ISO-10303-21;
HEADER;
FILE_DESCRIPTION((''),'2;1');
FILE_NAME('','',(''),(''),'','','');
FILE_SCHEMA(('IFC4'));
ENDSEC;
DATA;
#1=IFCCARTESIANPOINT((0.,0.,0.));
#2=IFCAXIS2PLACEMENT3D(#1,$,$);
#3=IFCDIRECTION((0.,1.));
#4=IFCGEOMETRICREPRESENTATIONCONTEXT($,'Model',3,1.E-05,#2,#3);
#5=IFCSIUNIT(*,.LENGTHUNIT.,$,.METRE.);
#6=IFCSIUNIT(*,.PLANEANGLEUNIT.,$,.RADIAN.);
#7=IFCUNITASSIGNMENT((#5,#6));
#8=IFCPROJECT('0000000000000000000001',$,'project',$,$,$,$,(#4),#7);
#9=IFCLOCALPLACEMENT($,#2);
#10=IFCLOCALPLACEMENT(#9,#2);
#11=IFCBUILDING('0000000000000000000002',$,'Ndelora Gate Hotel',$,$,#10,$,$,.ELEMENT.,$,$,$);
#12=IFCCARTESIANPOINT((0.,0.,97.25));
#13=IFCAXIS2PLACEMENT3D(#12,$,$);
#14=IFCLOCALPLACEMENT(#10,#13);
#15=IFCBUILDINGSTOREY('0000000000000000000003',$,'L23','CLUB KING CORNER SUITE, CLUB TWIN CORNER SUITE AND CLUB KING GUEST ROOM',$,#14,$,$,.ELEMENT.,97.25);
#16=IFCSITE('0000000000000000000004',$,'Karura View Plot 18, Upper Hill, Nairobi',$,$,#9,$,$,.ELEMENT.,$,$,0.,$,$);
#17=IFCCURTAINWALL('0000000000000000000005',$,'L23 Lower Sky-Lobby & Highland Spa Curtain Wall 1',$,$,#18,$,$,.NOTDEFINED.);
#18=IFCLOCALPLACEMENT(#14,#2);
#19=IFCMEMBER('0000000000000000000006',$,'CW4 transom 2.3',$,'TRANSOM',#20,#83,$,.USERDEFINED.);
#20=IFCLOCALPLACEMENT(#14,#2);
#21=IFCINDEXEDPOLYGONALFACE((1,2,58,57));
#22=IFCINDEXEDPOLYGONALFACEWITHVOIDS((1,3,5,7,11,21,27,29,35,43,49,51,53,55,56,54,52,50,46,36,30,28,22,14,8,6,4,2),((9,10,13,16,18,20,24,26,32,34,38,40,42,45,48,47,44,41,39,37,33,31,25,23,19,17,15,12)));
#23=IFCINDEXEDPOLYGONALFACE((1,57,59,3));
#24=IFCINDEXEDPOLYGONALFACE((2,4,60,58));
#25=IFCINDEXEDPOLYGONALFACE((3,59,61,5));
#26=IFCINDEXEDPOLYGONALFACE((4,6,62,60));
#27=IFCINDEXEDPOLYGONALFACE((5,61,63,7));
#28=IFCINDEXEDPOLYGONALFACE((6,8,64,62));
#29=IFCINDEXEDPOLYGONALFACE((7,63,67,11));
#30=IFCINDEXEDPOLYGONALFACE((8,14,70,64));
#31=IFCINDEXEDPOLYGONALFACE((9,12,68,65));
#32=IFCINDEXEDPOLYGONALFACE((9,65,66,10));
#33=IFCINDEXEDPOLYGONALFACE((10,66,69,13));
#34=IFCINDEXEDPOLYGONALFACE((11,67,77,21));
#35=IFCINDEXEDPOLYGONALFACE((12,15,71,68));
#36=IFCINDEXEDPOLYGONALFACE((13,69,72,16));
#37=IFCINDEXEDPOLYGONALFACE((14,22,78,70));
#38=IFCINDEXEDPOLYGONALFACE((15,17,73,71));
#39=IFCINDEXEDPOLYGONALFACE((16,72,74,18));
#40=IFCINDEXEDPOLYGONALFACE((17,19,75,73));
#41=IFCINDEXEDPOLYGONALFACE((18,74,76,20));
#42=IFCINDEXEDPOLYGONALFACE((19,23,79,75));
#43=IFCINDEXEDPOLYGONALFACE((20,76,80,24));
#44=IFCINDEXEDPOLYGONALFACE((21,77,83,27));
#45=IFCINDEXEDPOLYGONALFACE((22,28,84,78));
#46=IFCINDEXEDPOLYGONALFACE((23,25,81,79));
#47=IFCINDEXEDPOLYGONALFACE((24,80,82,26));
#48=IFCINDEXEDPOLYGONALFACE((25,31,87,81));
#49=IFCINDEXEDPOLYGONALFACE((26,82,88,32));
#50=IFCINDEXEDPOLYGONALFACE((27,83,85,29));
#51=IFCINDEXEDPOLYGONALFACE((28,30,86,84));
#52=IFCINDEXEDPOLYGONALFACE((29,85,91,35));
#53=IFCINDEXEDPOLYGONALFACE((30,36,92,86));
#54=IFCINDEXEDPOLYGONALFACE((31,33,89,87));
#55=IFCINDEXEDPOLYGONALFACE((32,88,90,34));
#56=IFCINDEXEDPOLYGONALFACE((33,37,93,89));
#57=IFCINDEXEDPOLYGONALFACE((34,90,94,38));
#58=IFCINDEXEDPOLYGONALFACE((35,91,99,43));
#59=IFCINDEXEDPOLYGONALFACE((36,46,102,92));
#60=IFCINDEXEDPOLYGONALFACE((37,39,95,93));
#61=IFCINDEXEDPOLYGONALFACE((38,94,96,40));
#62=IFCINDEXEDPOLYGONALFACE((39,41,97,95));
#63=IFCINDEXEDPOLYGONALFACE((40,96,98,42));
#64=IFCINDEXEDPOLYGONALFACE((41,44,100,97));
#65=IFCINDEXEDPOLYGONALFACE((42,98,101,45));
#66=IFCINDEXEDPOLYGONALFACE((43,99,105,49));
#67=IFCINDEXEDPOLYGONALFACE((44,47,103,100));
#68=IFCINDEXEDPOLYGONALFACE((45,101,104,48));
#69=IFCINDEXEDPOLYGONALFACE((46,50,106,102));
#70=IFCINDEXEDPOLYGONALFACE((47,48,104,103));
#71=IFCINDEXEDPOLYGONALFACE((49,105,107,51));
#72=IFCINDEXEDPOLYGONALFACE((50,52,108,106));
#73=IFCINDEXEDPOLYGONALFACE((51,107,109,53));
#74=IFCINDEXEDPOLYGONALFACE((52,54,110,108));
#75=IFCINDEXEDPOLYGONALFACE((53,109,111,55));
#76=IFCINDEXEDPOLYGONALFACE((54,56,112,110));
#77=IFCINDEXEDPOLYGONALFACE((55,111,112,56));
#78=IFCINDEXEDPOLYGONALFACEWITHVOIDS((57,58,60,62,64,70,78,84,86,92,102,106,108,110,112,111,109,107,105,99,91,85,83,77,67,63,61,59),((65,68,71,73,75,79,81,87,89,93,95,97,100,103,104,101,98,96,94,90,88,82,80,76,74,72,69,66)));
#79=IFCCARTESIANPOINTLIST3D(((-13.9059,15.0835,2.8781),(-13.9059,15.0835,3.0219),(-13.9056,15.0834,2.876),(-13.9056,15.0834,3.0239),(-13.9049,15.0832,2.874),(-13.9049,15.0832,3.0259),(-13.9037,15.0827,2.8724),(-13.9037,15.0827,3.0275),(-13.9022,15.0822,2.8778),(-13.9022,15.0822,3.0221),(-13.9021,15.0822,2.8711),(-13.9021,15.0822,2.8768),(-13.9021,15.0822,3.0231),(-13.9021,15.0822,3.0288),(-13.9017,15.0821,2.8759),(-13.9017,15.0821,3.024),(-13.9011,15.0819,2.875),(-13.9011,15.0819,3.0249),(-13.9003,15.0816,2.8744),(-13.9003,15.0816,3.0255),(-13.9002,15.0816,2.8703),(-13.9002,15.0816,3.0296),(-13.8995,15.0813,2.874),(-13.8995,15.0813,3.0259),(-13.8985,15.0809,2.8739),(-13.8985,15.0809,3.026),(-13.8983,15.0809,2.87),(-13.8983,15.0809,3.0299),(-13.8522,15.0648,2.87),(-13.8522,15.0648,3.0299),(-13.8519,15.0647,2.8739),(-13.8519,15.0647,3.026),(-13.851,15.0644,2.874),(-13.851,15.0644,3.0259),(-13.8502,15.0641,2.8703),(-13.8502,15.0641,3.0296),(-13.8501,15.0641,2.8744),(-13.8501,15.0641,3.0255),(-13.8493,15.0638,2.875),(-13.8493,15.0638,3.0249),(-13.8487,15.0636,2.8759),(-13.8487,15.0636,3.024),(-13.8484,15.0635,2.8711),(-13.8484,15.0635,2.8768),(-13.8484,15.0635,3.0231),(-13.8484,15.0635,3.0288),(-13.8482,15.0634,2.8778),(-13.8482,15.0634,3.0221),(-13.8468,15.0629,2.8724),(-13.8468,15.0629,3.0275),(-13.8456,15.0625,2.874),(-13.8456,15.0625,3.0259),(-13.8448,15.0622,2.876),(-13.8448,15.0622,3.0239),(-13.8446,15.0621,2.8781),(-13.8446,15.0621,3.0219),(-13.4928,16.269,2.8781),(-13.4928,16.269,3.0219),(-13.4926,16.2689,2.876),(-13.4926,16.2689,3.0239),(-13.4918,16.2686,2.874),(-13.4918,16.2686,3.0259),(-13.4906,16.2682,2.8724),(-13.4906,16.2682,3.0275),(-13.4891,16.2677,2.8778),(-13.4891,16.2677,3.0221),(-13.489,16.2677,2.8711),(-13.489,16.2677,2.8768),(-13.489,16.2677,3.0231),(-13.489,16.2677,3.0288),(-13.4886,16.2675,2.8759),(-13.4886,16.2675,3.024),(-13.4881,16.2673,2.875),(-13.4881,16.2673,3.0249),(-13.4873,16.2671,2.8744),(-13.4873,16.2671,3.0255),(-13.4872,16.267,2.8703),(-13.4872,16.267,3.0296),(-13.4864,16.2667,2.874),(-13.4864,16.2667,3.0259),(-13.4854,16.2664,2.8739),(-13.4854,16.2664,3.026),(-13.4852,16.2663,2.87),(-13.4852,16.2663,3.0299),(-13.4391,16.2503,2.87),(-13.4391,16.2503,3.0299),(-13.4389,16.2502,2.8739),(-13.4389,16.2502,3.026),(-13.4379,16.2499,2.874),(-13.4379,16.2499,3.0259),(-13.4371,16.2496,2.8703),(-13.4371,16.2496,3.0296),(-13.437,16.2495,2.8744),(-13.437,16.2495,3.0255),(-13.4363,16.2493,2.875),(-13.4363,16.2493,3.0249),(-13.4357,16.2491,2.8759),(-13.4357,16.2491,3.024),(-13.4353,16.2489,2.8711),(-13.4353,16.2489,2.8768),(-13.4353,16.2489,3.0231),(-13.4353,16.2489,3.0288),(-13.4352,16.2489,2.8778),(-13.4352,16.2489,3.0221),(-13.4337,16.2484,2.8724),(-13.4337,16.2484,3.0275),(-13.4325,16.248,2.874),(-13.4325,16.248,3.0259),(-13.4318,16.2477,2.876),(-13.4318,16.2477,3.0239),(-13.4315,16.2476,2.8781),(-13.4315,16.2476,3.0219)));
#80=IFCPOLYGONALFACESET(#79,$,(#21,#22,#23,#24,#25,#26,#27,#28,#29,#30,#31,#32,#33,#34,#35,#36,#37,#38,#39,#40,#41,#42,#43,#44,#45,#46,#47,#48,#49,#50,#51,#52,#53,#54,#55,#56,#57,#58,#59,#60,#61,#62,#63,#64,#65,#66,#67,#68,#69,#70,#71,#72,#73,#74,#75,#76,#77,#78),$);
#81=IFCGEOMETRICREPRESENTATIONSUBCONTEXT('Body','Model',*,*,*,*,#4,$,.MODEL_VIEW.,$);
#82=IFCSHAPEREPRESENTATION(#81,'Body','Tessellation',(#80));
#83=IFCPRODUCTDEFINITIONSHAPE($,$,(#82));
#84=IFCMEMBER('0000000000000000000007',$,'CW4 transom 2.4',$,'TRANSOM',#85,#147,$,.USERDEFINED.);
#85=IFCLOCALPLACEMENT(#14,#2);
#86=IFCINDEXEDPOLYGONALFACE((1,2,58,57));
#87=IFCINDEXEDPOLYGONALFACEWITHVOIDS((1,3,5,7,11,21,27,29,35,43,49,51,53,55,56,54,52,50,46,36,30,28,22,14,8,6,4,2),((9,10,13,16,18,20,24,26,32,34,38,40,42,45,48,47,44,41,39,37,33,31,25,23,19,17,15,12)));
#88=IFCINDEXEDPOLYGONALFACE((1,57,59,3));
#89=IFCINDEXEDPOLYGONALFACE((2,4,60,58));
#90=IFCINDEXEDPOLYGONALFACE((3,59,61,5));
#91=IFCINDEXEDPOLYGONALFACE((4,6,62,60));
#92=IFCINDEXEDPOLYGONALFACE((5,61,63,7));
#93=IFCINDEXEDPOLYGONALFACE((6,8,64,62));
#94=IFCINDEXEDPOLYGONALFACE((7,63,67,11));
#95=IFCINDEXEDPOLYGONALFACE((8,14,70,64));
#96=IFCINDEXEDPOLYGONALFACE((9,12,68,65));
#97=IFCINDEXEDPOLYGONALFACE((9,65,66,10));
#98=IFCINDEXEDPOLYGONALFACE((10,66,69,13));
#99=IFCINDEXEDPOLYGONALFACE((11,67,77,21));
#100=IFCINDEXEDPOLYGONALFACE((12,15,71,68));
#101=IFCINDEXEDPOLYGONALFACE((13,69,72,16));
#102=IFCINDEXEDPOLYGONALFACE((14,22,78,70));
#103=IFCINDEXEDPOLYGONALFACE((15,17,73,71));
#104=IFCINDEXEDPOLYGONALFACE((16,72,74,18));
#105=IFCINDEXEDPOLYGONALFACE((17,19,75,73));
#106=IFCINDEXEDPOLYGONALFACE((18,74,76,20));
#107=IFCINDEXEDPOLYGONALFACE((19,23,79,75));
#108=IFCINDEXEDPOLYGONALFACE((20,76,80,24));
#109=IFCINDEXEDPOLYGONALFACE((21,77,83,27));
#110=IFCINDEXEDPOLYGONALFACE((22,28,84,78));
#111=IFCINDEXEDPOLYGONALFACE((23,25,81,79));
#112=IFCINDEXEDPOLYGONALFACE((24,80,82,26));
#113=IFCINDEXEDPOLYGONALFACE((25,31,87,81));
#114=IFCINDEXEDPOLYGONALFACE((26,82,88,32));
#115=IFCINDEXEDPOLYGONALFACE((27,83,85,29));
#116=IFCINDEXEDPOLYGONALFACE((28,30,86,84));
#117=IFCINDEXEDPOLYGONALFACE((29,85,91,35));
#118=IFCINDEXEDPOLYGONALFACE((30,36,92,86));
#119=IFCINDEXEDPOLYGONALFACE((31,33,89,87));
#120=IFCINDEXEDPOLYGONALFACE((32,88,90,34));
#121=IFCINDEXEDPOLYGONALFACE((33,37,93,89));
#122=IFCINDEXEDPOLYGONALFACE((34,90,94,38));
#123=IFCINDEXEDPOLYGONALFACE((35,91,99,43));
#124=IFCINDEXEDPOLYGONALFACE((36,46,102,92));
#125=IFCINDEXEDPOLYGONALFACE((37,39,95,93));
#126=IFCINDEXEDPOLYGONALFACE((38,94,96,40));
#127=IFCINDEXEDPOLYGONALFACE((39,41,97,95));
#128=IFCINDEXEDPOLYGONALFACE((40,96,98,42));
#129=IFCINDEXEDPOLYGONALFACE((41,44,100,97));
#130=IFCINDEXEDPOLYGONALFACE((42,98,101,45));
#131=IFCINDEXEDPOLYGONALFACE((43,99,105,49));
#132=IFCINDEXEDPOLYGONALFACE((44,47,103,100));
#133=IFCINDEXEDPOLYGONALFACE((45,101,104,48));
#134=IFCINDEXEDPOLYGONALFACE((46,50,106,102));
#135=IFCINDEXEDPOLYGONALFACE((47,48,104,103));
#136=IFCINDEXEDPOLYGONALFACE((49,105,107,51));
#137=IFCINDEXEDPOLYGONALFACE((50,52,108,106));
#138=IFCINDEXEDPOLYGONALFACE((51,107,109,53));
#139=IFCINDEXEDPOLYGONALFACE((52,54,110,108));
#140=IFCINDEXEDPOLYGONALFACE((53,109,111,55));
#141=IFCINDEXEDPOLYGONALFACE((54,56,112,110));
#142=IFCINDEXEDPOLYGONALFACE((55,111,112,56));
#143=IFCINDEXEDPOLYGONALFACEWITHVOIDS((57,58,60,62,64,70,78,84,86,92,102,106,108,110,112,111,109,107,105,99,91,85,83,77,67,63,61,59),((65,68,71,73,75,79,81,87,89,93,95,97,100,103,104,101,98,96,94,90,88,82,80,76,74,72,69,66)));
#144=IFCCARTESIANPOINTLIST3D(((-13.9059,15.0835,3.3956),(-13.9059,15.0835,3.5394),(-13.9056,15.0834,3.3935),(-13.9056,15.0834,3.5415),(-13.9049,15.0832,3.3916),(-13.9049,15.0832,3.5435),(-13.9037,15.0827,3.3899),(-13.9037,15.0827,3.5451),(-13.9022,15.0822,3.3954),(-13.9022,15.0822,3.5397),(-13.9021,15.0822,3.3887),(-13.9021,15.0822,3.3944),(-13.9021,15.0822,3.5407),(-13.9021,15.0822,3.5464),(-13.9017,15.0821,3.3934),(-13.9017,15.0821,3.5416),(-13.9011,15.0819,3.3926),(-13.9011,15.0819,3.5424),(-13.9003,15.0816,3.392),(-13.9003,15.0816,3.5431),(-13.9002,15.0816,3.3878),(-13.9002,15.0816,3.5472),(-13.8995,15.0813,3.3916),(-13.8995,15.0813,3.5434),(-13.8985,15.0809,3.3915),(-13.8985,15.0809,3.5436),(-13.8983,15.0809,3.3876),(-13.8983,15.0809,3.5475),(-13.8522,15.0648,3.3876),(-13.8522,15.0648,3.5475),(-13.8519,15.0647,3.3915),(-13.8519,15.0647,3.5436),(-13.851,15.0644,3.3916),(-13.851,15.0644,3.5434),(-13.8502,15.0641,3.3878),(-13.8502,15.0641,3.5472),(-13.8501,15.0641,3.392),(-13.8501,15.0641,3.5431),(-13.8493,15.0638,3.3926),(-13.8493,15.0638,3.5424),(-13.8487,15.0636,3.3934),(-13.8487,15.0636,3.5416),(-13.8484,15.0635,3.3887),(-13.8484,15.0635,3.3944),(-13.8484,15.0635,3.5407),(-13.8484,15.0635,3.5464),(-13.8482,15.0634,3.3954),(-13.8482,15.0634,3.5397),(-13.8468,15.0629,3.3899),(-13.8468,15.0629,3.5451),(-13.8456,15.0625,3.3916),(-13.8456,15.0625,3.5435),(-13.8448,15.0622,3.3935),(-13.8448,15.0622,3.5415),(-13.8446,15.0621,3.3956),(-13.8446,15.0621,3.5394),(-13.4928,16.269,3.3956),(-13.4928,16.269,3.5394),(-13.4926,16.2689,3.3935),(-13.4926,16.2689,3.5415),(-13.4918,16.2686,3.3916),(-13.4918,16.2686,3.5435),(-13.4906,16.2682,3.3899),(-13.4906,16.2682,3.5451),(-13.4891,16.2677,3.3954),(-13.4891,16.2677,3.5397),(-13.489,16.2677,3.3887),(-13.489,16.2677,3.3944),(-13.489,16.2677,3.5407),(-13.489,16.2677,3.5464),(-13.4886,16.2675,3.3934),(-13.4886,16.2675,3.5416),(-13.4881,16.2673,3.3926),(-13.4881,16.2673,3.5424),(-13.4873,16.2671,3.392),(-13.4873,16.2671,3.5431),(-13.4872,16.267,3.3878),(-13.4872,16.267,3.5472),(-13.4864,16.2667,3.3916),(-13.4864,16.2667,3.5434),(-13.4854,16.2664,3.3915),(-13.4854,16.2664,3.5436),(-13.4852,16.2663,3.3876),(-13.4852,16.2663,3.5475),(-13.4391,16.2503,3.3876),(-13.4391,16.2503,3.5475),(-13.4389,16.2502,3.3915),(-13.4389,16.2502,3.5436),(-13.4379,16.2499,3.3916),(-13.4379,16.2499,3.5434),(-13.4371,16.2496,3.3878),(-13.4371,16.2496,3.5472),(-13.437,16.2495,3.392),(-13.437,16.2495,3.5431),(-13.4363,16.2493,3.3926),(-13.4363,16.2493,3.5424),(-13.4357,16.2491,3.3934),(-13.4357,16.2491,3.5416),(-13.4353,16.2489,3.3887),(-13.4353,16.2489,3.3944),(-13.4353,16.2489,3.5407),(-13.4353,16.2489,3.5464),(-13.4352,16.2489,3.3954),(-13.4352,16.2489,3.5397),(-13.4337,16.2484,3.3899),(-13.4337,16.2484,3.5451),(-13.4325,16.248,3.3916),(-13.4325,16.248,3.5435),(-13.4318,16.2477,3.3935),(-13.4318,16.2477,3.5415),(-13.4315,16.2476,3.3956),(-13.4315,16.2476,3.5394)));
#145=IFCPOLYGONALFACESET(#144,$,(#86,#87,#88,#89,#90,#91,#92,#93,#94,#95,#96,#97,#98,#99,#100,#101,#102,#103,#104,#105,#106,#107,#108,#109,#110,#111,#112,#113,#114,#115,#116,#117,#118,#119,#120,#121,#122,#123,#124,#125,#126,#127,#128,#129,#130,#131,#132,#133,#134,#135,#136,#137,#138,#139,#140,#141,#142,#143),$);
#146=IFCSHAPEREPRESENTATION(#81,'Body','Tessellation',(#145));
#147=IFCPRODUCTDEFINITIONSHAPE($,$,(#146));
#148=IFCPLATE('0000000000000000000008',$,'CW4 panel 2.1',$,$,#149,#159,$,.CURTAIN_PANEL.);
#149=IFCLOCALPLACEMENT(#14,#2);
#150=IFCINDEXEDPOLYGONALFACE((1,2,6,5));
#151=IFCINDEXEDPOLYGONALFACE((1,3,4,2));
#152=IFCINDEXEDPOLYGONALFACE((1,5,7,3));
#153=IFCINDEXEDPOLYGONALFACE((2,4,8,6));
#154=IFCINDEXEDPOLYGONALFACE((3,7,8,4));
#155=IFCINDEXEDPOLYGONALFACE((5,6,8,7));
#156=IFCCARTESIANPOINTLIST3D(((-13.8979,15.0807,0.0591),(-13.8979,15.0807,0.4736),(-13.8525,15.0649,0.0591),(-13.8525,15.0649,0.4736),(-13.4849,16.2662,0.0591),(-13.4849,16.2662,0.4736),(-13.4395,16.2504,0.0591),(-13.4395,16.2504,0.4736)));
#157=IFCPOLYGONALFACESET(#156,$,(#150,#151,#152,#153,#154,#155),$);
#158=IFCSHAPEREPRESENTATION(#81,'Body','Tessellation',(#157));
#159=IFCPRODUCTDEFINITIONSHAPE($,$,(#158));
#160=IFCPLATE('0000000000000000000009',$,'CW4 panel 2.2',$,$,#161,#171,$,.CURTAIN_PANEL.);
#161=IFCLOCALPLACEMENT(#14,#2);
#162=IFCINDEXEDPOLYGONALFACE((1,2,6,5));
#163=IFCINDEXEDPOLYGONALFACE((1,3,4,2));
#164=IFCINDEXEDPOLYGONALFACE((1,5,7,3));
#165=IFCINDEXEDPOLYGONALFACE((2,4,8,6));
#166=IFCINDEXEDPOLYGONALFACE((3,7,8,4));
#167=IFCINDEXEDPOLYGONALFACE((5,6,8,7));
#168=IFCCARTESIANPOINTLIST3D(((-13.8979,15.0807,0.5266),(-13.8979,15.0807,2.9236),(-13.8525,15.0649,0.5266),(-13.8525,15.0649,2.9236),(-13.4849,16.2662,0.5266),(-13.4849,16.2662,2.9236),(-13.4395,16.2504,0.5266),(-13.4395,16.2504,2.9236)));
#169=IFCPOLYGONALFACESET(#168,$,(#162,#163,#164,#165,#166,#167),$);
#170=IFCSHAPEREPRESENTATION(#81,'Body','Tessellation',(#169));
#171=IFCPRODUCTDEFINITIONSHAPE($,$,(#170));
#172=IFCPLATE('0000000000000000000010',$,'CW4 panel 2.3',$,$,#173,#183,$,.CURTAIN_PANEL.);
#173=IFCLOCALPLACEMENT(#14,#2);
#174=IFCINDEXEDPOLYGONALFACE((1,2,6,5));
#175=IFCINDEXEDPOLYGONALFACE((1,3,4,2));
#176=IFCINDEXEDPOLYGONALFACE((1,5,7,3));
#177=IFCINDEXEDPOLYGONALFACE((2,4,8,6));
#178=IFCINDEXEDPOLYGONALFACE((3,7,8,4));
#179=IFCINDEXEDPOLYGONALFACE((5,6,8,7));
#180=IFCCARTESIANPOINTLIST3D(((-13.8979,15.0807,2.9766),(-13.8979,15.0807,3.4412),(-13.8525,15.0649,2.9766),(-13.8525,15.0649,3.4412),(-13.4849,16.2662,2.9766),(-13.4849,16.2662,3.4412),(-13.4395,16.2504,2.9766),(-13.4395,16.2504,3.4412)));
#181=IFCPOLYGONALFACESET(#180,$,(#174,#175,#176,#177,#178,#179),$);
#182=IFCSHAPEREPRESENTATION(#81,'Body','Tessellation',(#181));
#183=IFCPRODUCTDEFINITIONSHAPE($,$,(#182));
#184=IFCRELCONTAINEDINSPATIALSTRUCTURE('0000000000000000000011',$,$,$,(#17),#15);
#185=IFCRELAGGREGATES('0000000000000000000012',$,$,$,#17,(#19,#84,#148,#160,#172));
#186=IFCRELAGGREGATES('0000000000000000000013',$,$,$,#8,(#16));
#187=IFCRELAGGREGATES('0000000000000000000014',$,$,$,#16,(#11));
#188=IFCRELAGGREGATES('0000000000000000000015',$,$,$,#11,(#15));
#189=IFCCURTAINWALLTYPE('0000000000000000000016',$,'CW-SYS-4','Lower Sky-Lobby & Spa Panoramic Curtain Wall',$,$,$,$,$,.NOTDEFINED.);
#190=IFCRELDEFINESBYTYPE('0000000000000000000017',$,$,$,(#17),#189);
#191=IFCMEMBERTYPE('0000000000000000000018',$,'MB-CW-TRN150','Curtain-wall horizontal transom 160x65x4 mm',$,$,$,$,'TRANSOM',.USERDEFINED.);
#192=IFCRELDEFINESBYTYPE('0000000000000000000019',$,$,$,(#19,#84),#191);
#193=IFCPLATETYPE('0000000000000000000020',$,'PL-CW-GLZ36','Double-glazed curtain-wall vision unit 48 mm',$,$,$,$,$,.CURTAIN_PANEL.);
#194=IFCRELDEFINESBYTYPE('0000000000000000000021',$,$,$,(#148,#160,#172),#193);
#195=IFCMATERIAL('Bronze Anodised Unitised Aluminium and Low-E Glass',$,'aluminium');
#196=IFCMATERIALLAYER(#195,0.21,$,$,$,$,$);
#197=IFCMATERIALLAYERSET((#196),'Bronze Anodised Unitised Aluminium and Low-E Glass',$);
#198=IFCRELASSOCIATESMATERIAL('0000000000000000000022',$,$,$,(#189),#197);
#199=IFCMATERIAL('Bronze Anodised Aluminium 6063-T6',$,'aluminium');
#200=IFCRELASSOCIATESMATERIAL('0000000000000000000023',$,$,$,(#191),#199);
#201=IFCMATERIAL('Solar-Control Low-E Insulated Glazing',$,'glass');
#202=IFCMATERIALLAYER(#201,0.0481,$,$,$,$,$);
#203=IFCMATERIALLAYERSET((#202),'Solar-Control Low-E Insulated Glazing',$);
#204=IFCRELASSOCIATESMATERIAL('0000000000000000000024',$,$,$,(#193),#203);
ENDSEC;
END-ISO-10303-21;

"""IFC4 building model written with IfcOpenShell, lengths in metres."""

from ifc_helpers import new_model, si_unit, direction, frame, origin, origin_2d, place, context, subcontext, project, spatial, rectangle, hollow_rectangle, extrude, material, layer, layer_set, material_profile, profile_set, type_object, element, aggregate, save


model = new_model("IFC4")

# Units and contexts
model_context = context("Model", 3, precision=1e-05, world=origin(), true_north=direction((0.0, 1.0)))
body_context = subcontext(model_context, "Body", "Model", "MODEL_VIEW")
ifc_project = project(units=[si_unit("LENGTHUNIT", "METRE"), si_unit("PLANEANGLEUNIT", "RADIAN")], contexts=[model_context])

# Site, building, storey
site_placement = place(None, origin())
site = spatial("IfcSite", under=ifc_project, at=site_placement, Name="Karura View Plot 18, Upper Hill, Nairobi", CompositionType="ELEMENT", RefElevation=0.0)
building_placement = place(site_placement, origin())
building = spatial("IfcBuilding", under=site, at=building_placement, Name="Ndelora Gate Hotel", CompositionType="ELEMENT")
storey_placement = place(building_placement, frame((0.0, 0.0, 97.25)))
storey = spatial("IfcBuildingStorey", under=building, at=storey_placement, Name="L23", Description="CLUB KING CORNER SUITE, CLUB TWIN CORNER SUITE AND CLUB KING GUEST ROOM", CompositionType="ELEMENT", Elevation=97.25)

# Curtain wall, members, plates
ifc_material_1 = material(Name="Bronze Anodised Unitised Aluminium and Low-E Glass", Category="aluminium")
ifc_layer_1 = layer(ifc_material_1, 0.21)
ifc_layer_set_1 = layer_set([ifc_layer_1], Name="Bronze Anodised Unitised Aluminium and Low-E Glass")
curtain_wall_type = type_object("IfcCurtainWallType", Name="CW-SYS-4", Description="Lower Sky-Lobby & Spa Panoramic Curtain Wall", PredefinedType="NOTDEFINED", material=ifc_layer_set_1)
curtain_wall_placement = place(storey_placement, origin())
curtain_wall = element("IfcCurtainWall", 1, at=curtain_wall_placement, inside=storey, type_object=curtain_wall_type, Name="L23 Lower Sky-Lobby & Highland Spa Curtain Wall 1", PredefinedType="NOTDEFINED")
ifc_material_2 = material(Name="Bronze Anodised Aluminium 6063-T6", Category="aluminium")
ifc_material_profile_1 = material_profile(ifc_material_2, hollow_rectangle(XDim=0.0649, YDim=0.1599, WallThickness=0.0039, InnerFilletRadius=0.0039, OuterFilletRadius=0.0081, at=origin_2d()), Name="ALU 160x65x4")
ifc_profile_set_1 = profile_set([ifc_material_profile_1], Name="Bronze Anodised Aluminium 6063-T6")
member_type_1 = type_object("IfcMemberType", Name="MB-CW-TRN150", Description="Curtain-wall horizontal transom 160x65x4 mm", ElementType="TRANSOM", PredefinedType="USERDEFINED", material=ifc_profile_set_1)
member_1_placement = place(storey_placement, frame((-13.4622, 16.2583, 2.95), z_axis=(-0.329033, -0.944318, 0.0), x_axis=(0.944318, -0.329033, 0.0)))
member_1 = element("IfcMember", 2, at=member_1_placement, type_object=member_type_1, Name="CW4 transom 2.3", ObjectType="TRANSOM", PredefinedType="USERDEFINED", context=body_context, shape_type="SweptSolid", body=[
    extrude(hollow_rectangle(XDim=0.0649, YDim=0.1599, WallThickness=0.0039, InnerFilletRadius=0.0039, OuterFilletRadius=0.0081, at=origin_2d()), origin(), (0.0, 0.0, 1.0), 1.2554),
])
member_2_placement = place(storey_placement, frame((-13.4622, 16.2583, 3.4675), z_axis=(-0.329033, -0.944318, 0.0), x_axis=(0.944318, -0.329033, 0.0)))
member_2 = element("IfcMember", 3, at=member_2_placement, type_object=member_type_1, Name="CW4 transom 2.4", ObjectType="TRANSOM", PredefinedType="USERDEFINED", context=body_context, shape_type="SweptSolid", body=[
    extrude(hollow_rectangle(XDim=0.0649, YDim=0.1599, WallThickness=0.0039, InnerFilletRadius=0.0039, OuterFilletRadius=0.0081, at=origin_2d()), origin(), (0.0, 0.0, 1.0), 1.2554),
])
ifc_material_3 = material(Name="Solar-Control Low-E Insulated Glazing", Category="glass")
ifc_layer_2 = layer(ifc_material_3, 0.0481)
ifc_layer_set_2 = layer_set([ifc_layer_2], Name="Solar-Control Low-E Insulated Glazing")
plate_type = type_object("IfcPlateType", Name="PL-CW-GLZ36", Description="Double-glazed curtain-wall vision unit 48 mm", PredefinedType="CURTAIN_PANEL", material=ifc_layer_set_2)
plate_1_placement = place(storey_placement, frame((-13.6687, 15.6655, 0.0591), z_axis=(0.0, 0.0, 1.0), x_axis=(-0.329008, -0.944327, 0.0)))
plate_1 = element("IfcPlate", 4, at=plate_1_placement, type_object=plate_type, Name="CW4 panel 2.1", PredefinedType="CURTAIN_PANEL", context=body_context, shape_type="SweptSolid", body=[
    extrude(rectangle(XDim=1.2554, YDim=0.0481, at=origin_2d()), origin(), (0.0, 0.0, 1.0), 0.4146),
])
plate_2_placement = place(storey_placement, frame((-13.6687, 15.6655, 0.5266), z_axis=(0.0, 0.0, 1.0), x_axis=(-0.329008, -0.944327, 0.0)))
plate_2 = element("IfcPlate", 5, at=plate_2_placement, type_object=plate_type, Name="CW4 panel 2.2", PredefinedType="CURTAIN_PANEL", context=body_context, shape_type="SweptSolid", body=[
    extrude(rectangle(XDim=1.2554, YDim=0.0481, at=origin_2d()), origin(), (0.0, 0.0, 1.0), 2.397),
])
plate_3_placement = place(storey_placement, frame((-13.6687, 15.6655, 2.9766), z_axis=(0.0, 0.0, 1.0), x_axis=(-0.329008, -0.944327, 0.0)))
plate_3 = element("IfcPlate", 6, at=plate_3_placement, type_object=plate_type, Name="CW4 panel 2.3", PredefinedType="CURTAIN_PANEL", context=body_context, shape_type="SweptSolid", body=[
    extrude(rectangle(XDim=1.2554, YDim=0.0481, at=origin_2d()), origin(), (0.0, 0.0, 1.0), 0.4646),
])
aggregate(curtain_wall, [member_1, member_2, plate_1, plate_2, plate_3])

save(model, "model.ifc")
